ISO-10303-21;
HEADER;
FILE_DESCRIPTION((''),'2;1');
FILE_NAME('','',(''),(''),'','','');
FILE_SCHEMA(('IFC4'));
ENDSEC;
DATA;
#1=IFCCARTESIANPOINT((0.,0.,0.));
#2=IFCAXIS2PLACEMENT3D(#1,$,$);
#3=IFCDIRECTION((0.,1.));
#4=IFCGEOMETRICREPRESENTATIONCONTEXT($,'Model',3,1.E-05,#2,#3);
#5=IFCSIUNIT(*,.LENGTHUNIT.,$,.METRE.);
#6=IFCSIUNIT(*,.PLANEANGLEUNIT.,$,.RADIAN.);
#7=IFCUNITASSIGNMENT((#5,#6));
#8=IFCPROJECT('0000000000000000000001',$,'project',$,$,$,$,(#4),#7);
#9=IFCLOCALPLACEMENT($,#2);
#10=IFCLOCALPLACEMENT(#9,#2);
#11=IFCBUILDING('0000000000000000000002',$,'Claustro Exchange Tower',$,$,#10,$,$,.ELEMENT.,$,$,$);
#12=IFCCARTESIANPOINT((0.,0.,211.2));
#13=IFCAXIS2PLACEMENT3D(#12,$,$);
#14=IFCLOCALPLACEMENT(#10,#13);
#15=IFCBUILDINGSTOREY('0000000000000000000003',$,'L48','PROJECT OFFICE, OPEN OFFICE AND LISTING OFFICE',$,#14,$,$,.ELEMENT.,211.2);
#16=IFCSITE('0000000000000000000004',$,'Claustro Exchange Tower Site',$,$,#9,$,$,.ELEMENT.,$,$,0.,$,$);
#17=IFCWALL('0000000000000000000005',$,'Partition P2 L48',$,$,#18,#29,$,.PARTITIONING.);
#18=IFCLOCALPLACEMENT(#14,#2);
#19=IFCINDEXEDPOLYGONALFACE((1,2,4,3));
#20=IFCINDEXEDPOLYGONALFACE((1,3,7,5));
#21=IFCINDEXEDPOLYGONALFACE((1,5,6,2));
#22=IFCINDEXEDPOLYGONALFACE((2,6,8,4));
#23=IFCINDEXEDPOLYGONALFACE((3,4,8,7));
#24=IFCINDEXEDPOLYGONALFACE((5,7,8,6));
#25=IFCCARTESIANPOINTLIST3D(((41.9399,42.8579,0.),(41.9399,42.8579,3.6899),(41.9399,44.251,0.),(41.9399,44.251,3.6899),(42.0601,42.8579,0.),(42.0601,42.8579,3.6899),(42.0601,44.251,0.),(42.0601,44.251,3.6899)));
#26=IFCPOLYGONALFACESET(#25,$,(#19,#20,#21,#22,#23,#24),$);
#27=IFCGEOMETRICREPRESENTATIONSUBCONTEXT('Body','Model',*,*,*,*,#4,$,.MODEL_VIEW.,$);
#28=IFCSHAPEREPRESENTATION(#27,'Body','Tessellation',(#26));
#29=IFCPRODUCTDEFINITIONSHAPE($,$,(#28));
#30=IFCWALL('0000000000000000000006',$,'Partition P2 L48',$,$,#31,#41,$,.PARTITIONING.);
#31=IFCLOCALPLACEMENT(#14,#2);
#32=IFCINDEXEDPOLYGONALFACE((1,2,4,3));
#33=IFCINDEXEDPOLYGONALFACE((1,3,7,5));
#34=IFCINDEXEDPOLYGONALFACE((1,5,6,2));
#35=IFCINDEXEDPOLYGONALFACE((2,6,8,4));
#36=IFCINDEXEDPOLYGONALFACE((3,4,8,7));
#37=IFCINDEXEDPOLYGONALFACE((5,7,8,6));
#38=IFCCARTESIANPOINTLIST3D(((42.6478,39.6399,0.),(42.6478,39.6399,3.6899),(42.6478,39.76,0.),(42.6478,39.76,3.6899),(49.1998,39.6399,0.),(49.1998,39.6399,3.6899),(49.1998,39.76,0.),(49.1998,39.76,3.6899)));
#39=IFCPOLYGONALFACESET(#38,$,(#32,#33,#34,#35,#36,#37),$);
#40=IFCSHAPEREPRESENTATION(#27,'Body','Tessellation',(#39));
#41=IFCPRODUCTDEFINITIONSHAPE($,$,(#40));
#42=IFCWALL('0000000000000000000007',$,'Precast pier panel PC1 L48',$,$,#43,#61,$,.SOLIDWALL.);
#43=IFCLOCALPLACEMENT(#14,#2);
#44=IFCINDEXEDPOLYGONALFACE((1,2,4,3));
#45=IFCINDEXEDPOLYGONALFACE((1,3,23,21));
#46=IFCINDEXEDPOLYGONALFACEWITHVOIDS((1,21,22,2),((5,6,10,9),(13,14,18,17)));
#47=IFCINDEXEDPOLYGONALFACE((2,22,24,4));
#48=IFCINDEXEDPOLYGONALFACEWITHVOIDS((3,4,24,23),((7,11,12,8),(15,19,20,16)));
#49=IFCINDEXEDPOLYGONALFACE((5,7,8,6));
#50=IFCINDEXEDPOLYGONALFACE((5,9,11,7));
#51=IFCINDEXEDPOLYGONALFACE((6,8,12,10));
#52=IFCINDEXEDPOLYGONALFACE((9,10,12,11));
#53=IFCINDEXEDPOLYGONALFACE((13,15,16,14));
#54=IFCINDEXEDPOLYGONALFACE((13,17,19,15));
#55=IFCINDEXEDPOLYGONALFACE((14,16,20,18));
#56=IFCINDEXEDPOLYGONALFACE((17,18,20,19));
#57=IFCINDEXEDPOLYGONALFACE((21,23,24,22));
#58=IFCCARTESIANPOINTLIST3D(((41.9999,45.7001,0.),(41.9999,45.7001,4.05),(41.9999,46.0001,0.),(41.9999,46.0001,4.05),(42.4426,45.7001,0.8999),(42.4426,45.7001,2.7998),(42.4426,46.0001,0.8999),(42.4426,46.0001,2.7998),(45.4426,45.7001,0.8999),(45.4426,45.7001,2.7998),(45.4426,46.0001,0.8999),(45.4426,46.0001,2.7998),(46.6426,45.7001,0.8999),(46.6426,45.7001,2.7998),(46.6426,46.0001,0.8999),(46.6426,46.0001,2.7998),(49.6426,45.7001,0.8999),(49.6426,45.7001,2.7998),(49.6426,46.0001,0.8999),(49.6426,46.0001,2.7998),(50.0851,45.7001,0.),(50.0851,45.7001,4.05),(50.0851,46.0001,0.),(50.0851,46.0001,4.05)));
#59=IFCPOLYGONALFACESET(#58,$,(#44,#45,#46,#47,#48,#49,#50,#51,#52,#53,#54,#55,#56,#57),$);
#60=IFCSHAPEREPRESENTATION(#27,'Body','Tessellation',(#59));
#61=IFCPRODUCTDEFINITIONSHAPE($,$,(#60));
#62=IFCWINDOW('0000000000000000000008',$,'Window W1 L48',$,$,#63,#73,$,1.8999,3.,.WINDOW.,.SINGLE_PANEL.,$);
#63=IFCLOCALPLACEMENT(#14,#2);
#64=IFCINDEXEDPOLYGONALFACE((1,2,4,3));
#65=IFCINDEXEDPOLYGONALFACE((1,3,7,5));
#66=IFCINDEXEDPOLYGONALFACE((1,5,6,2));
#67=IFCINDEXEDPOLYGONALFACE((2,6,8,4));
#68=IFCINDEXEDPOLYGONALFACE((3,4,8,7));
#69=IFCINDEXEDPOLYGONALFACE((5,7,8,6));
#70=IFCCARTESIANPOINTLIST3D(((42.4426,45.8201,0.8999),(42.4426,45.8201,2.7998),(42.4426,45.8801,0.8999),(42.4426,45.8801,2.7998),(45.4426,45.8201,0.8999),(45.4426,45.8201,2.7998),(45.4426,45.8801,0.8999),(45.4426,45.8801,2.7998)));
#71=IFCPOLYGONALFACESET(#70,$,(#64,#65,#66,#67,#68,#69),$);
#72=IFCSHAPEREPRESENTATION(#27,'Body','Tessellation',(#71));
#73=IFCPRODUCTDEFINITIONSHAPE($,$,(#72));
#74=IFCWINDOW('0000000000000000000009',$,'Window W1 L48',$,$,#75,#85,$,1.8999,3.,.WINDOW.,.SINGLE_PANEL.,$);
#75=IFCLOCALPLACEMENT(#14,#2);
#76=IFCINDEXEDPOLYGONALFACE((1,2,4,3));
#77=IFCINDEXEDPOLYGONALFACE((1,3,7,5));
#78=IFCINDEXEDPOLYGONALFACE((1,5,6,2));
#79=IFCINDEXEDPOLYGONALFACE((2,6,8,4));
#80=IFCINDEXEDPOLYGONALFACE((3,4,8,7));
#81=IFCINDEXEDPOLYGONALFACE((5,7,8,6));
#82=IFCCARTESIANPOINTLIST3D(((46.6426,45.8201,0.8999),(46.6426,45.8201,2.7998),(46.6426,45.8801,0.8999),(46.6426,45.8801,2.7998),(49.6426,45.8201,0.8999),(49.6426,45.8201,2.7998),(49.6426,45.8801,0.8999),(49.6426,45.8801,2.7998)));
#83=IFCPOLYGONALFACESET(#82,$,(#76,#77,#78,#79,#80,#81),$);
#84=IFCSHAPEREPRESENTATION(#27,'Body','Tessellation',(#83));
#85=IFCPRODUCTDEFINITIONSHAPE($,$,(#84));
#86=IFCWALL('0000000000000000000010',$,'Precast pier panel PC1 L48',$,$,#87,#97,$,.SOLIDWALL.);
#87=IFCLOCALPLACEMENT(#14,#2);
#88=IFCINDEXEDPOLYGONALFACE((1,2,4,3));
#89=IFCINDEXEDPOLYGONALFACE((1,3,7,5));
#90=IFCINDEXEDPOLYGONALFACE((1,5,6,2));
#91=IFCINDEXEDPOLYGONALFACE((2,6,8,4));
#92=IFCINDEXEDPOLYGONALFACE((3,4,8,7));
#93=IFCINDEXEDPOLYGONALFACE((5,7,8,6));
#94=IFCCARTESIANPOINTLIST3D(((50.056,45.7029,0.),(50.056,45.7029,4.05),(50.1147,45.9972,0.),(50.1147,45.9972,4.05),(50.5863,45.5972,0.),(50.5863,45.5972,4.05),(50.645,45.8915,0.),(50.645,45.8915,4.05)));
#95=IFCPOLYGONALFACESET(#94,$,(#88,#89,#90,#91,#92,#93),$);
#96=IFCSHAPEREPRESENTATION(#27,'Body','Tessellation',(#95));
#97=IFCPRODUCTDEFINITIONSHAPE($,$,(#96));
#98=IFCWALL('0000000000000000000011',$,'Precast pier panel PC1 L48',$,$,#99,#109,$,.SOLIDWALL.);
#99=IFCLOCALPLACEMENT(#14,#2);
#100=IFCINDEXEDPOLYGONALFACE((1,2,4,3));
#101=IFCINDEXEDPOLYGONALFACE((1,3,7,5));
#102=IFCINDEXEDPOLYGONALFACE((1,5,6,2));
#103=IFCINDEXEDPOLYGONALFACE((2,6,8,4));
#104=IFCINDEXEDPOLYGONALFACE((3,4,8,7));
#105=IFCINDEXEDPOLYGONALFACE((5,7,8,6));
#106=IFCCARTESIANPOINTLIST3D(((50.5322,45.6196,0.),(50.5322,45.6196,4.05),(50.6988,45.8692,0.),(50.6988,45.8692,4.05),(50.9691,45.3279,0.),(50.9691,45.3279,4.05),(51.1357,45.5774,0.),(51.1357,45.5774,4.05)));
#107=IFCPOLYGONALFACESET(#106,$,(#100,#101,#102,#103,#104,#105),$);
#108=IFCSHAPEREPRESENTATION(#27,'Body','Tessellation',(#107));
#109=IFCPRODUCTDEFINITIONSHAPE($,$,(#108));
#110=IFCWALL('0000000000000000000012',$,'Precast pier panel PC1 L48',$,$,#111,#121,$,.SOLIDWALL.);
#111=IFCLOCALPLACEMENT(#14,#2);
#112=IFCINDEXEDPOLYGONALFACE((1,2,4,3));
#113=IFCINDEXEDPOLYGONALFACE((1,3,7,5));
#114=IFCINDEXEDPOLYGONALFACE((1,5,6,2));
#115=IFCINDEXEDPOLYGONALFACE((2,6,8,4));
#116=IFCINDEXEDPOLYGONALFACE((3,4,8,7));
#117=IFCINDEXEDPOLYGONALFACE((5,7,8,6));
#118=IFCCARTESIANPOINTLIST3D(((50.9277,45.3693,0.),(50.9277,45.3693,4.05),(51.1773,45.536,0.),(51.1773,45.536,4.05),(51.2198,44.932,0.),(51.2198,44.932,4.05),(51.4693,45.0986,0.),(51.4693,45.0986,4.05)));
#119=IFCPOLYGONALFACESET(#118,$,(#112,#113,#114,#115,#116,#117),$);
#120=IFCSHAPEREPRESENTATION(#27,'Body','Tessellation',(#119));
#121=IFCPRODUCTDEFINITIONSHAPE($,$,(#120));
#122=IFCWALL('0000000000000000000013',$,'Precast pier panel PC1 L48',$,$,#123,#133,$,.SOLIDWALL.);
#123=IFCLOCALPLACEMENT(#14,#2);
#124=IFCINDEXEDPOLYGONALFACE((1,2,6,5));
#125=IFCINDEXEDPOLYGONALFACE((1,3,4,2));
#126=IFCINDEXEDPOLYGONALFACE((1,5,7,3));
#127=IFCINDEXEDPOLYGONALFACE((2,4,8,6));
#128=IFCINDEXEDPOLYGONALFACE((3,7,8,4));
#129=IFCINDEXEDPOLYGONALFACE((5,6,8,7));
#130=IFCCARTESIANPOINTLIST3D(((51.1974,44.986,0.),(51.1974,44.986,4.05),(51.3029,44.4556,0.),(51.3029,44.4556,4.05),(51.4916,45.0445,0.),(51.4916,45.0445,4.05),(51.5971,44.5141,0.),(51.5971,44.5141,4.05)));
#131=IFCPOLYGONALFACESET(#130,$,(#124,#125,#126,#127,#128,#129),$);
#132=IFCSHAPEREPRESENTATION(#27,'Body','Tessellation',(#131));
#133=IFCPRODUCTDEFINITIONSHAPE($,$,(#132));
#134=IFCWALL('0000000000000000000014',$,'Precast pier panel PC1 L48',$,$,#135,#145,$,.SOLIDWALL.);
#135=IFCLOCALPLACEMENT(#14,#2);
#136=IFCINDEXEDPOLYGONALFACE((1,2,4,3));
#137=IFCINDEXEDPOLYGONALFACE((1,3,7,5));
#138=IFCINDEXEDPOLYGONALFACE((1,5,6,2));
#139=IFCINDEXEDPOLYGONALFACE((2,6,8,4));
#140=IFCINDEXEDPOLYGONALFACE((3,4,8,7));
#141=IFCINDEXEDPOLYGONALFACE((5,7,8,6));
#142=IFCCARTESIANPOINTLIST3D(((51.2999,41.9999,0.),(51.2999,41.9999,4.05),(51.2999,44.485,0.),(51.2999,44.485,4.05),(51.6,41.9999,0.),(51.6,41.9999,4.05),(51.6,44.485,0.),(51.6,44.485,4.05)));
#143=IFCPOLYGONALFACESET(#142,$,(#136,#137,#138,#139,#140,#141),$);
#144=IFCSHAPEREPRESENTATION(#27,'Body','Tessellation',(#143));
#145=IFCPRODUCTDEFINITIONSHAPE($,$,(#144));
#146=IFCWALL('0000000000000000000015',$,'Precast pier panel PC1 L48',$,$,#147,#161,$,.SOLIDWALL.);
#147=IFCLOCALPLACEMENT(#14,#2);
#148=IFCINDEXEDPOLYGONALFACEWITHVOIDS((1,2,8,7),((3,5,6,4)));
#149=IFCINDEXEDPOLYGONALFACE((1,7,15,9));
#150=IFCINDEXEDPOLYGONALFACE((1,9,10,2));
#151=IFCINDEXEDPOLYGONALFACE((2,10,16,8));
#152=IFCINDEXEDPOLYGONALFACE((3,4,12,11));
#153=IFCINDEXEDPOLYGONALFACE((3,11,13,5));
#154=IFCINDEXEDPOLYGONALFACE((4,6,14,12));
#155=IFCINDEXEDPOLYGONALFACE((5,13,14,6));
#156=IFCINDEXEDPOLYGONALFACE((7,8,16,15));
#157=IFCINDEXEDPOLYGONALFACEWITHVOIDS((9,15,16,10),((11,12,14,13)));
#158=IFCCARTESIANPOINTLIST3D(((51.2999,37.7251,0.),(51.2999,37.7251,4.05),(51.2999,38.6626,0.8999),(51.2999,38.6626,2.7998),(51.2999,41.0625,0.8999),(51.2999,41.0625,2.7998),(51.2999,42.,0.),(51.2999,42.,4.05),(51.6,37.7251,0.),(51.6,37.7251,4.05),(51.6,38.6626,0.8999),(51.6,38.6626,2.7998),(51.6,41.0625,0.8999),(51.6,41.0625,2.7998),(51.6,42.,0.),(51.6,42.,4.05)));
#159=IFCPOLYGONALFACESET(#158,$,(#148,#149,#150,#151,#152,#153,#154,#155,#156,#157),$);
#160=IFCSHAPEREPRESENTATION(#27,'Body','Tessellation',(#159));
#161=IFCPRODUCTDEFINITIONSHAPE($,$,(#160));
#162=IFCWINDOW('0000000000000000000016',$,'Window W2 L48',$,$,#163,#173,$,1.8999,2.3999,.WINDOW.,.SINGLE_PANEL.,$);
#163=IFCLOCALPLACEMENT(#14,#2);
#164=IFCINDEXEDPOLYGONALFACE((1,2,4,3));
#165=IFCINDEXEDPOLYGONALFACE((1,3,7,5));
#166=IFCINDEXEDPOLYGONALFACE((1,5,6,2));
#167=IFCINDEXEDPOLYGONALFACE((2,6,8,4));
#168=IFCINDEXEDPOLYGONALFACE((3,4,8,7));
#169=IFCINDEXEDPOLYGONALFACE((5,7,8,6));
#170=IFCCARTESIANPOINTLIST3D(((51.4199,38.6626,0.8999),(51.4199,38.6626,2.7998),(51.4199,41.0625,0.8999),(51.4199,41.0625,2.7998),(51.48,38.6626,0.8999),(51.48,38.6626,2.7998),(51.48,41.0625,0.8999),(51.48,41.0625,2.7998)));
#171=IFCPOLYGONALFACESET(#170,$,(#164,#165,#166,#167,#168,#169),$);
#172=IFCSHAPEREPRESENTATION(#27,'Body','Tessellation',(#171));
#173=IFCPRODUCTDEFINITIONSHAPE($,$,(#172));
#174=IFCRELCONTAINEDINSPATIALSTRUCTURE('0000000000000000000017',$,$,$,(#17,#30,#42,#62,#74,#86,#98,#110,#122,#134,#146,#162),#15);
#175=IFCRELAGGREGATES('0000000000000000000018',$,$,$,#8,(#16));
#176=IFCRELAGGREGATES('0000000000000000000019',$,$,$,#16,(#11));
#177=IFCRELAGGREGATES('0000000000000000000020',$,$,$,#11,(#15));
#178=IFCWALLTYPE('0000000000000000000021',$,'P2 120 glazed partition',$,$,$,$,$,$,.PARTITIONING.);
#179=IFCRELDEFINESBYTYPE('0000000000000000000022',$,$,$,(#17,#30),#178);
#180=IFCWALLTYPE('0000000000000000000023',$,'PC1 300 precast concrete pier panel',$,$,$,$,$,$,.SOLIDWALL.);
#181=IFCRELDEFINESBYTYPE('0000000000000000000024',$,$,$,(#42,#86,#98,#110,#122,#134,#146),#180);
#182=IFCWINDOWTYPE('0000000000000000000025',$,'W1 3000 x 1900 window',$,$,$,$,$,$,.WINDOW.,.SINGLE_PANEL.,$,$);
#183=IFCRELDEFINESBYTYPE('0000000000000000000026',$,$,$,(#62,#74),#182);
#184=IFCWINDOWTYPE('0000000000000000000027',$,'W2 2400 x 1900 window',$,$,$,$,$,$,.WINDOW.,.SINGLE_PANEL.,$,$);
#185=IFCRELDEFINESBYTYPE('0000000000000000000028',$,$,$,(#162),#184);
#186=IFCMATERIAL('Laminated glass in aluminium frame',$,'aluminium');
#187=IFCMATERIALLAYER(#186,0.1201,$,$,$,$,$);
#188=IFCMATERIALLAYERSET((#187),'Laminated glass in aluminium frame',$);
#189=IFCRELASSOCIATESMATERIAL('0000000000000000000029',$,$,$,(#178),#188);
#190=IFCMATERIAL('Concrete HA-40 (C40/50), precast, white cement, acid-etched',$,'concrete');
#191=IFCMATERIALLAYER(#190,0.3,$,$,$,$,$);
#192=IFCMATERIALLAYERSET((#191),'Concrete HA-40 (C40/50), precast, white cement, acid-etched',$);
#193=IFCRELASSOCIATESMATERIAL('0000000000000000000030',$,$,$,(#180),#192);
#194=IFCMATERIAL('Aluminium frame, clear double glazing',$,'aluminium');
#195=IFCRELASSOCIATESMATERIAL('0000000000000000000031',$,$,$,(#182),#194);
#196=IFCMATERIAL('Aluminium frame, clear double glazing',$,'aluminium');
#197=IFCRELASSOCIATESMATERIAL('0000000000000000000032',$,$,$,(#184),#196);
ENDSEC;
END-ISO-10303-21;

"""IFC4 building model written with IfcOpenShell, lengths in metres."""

from ifc_helpers import new_model, si_unit, direction, frame, frame_2d, origin, place, context, subcontext, project, spatial, rectangle, extrude, material, layer, layer_set, type_object, element, fill, save


model = new_model("IFC4")

# Units and contexts
model_context = context("Model", 3, precision=1e-05, world=origin(), true_north=direction((0.0, 1.0)))
body_context = subcontext(model_context, "Body", "Model", "MODEL_VIEW")
ifc_project = project(units=[si_unit("LENGTHUNIT", "METRE"), si_unit("PLANEANGLEUNIT", "RADIAN")], contexts=[model_context])

# Site, building, storey
site_placement = place(None, origin())
site = spatial("IfcSite", under=ifc_project, at=site_placement, Name="Claustro Exchange Tower Site", CompositionType="ELEMENT", RefElevation=0.0)
building_placement = place(site_placement, origin())
building = spatial("IfcBuilding", under=site, at=building_placement, Name="Claustro Exchange Tower", CompositionType="ELEMENT")
storey_placement = place(building_placement, frame((0.0, 0.0, 211.2)))
storey = spatial("IfcBuildingStorey", under=building, at=storey_placement, Name="L48", Description="PROJECT OFFICE, OPEN OFFICE AND LISTING OFFICE", CompositionType="ELEMENT", Elevation=211.2)

# Walls
ifc_material_1 = material(Name="Laminated glass in aluminium frame", Category="aluminium")
ifc_layer_1 = layer(ifc_material_1, 0.1201)
ifc_layer_set_1 = layer_set([ifc_layer_1], Name="Laminated glass in aluminium frame")
wall_type_1 = type_object("IfcWallType", Name="P2 120 glazed partition", PredefinedType="PARTITIONING", material=ifc_layer_set_1)
wall_1_placement = place(storey_placement, frame((42.0, 42.8579, 0.0), z_axis=(0.0, 0.0, 1.0), x_axis=(0.0, 1.0, 0.0)))
element("IfcWall", 1, at=wall_1_placement, inside=storey, type_object=wall_type_1, Name="Partition P2 L48", PredefinedType="PARTITIONING", context=body_context, shape_type="SweptSolid", body=[
    extrude(rectangle(XDim=1.3931, YDim=0.1201, at=frame_2d((0.6965, 0.0))), origin(), (0.0, 0.0, 1.0), 3.6899),
])
wall_2_placement = place(storey_placement, frame((42.6479, 39.7, 0.0), z_axis=(0.0, 0.0, 1.0), x_axis=(1.0, 0.0, 0.0)))
element("IfcWall", 2, at=wall_2_placement, inside=storey, type_object=wall_type_1, Name="Partition P2 L48", PredefinedType="PARTITIONING", context=body_context, shape_type="SweptSolid", body=[
    extrude(rectangle(XDim=6.552, YDim=0.1201, at=frame_2d((3.2759, 0.0))), origin(), (0.0, 0.0, 1.0), 3.6899),
])

# Wall, openings, windows
ifc_material_2 = material(Name="Concrete HA-40 (C40/50), precast, white cement, acid-etched", Category="concrete")
ifc_layer_2 = layer(ifc_material_2, 0.3)
ifc_layer_set_2 = layer_set([ifc_layer_2], Name="Concrete HA-40 (C40/50), precast, white cement, acid-etched")
wall_type_2 = type_object("IfcWallType", Name="PC1 300 precast concrete pier panel", PredefinedType="SOLIDWALL", material=ifc_layer_set_2)
wall_3_placement = place(storey_placement, frame((42.0, 45.8501, 0.0), z_axis=(0.0, 0.0, 1.0), x_axis=(1.0, 0.0, 0.0)))
wall_3 = element("IfcWall", 3, at=wall_3_placement, inside=storey, type_object=wall_type_2, Name="Precast pier panel PC1 L48", PredefinedType="SOLIDWALL", context=body_context, shape_type="SweptSolid", body=[
    extrude(rectangle(XDim=8.0852, YDim=0.3, at=frame_2d((4.0425, 0.0))), origin(), (0.0, 0.0, 1.0), 4.05),
])
opening_1_placement = place(wall_3_placement, frame((0.4426, 0.0, 0.8999)))
opening_1 = element("IfcOpeningElement", 4, at=opening_1_placement, cuts=wall_3, PredefinedType="OPENING", context=body_context, shape_type="SweptSolid", body=[
    extrude(rectangle(XDim=3.0, YDim=1.8999, at=frame_2d((1.5, 0.95))), frame((0.0, 0.1599, 0.0), z_axis=(0.0, -1.0, 0.0), x_axis=(1.0, 0.0, 0.0)), (0.0, 0.0, 1.0), 0.3201),
])
opening_2_placement = place(wall_3_placement, frame((4.6426, 0.0, 0.8999)))
opening_2 = element("IfcOpeningElement", 5, at=opening_2_placement, cuts=wall_3, PredefinedType="OPENING", context=body_context, shape_type="SweptSolid", body=[
    extrude(rectangle(XDim=3.0, YDim=1.8999, at=frame_2d((1.5, 0.95))), frame((0.0, 0.1599, 0.0), z_axis=(0.0, -1.0, 0.0), x_axis=(1.0, 0.0, 0.0)), (0.0, 0.0, 1.0), 0.3201),
])
ifc_material_3 = material(Name="Aluminium frame, clear double glazing", Category="aluminium")
window_type_1 = type_object("IfcWindowType", Name="W1 3000 x 1900 window", PartitioningType="SINGLE_PANEL", PredefinedType="WINDOW", material=ifc_material_3)
window_1_placement = place(opening_1_placement, origin())
window_1 = element("IfcWindow", 6, at=window_1_placement, inside=storey, type_object=window_type_1, Name="Window W1 L48", OverallHeight=1.8999, OverallWidth=3.0, PartitioningType="SINGLE_PANEL", PredefinedType="WINDOW", context=body_context, shape_type="SweptSolid", body=[
    extrude(rectangle(XDim=3.0, YDim=1.8999, at=frame_2d((1.5, 0.95))), frame((0.0, 0.03, 0.0), z_axis=(0.0, -1.0, 0.0), x_axis=(1.0, 0.0, 0.0)), (0.0, 0.0, 1.0), 0.0601),
])
fill(opening_1, window_1)
window_2_placement = place(opening_2_placement, origin())
window_2 = element("IfcWindow", 7, at=window_2_placement, inside=storey, type_object=window_type_1, Name="Window W1 L48", OverallHeight=1.8999, OverallWidth=3.0, PartitioningType="SINGLE_PANEL", PredefinedType="WINDOW", context=body_context, shape_type="SweptSolid", body=[
    extrude(rectangle(XDim=3.0, YDim=1.8999, at=frame_2d((1.5, 0.95))), frame((0.0, 0.03, 0.0), z_axis=(0.0, -1.0, 0.0), x_axis=(1.0, 0.0, 0.0)), (0.0, 0.0, 1.0), 0.0601),
])
fill(opening_2, window_2)

# Walls
wall_4_placement = place(storey_placement, frame((50.0852, 45.8501, 0.0), z_axis=(0.0, 0.0, 1.0), x_axis=(0.980702, -0.195508, 0.0)))
element("IfcWall", 8, at=wall_4_placement, inside=storey, type_object=wall_type_2, Name="Precast pier panel PC1 L48", PredefinedType="SOLIDWALL", context=body_context, shape_type="SweptSolid", body=[
    extrude(rectangle(XDim=0.5408, YDim=0.3, at=frame_2d((0.2705, 0.0))), origin(), (0.0, 0.0, 1.0), 4.05),
])
wall_5_placement = place(storey_placement, frame((50.6155, 45.7444, 0.0), z_axis=(0.0, 0.0, 1.0), x_axis=(0.831693, -0.555236, 0.0)))
element("IfcWall", 9, at=wall_5_placement, inside=storey, type_object=wall_type_2, Name="Precast pier panel PC1 L48", PredefinedType="SOLIDWALL", context=body_context, shape_type="SweptSolid", body=[
    extrude(rectangle(XDim=0.5254, YDim=0.3, at=frame_2d((0.2627, 0.0))), origin(), (0.0, 0.0, 1.0), 4.05),
])
wall_6_placement = place(storey_placement, frame((51.0525, 45.4526, 0.0), z_axis=(0.0, 0.0, 1.0), x_axis=(0.555343, -0.831621, 0.0)))
element("IfcWall", 10, at=wall_6_placement, inside=storey, type_object=wall_type_2, Name="Precast pier panel PC1 L48", PredefinedType="SOLIDWALL", context=body_context, shape_type="SweptSolid", body=[
    extrude(rectangle(XDim=0.5259, YDim=0.3, at=frame_2d((0.2629, 0.0))), origin(), (0.0, 0.0, 1.0), 4.05),
])
wall_7_placement = place(storey_placement, frame((51.3445, 45.0154, 0.0), z_axis=(0.0, 0.0, 1.0), x_axis=(0.195074, -0.980789, 0.0)))
element("IfcWall", 11, at=wall_7_placement, inside=storey, type_object=wall_type_2, Name="Precast pier panel PC1 L48", PredefinedType="SOLIDWALL", context=body_context, shape_type="SweptSolid", body=[
    extrude(rectangle(XDim=0.5408, YDim=0.3, at=frame_2d((0.2705, 0.0))), origin(), (0.0, 0.0, 1.0), 4.05),
])
wall_8_placement = place(storey_placement, frame((51.45, 44.4851, 0.0), z_axis=(0.0, 0.0, 1.0), x_axis=(0.0, -1.0, 0.0)))
element("IfcWall", 12, at=wall_8_placement, inside=storey, type_object=wall_type_2, Name="Precast pier panel PC1 L48", PredefinedType="SOLIDWALL", context=body_context, shape_type="SweptSolid", body=[
    extrude(rectangle(XDim=2.4851, YDim=0.3, at=frame_2d((1.2427, 0.0))), origin(), (0.0, 0.0, 1.0), 4.05),
])

# Wall, opening, window
wall_9_placement = place(storey_placement, frame((51.45, 42.0, 0.0), z_axis=(0.0, 0.0, 1.0), x_axis=(0.0, -1.0, 0.0)))
wall_9 = element("IfcWall", 13, at=wall_9_placement, inside=storey, type_object=wall_type_2, Name="Precast pier panel PC1 L48", PredefinedType="SOLIDWALL", context=body_context, shape_type="SweptSolid", body=[
    extrude(rectangle(XDim=4.2749, YDim=0.3, at=frame_2d((2.1375, 0.0))), origin(), (0.0, 0.0, 1.0), 4.05),
])
opening_3_placement = place(wall_9_placement, frame((0.9375, 0.0, 0.8999)))
opening_3 = element("IfcOpeningElement", 14, at=opening_3_placement, cuts=wall_9, PredefinedType="OPENING", context=body_context, shape_type="SweptSolid", body=[
    extrude(rectangle(XDim=2.3999, YDim=1.8999, at=frame_2d((1.2, 0.95))), frame((0.0, 0.1599, 0.0), z_axis=(0.0, -1.0, 0.0), x_axis=(1.0, 0.0, 0.0)), (0.0, 0.0, 1.0), 0.3201),
])
ifc_material_4 = material(Name="Aluminium frame, clear double glazing", Category="aluminium")
window_type_2 = type_object("IfcWindowType", Name="W2 2400 x 1900 window", PartitioningType="SINGLE_PANEL", PredefinedType="WINDOW", material=ifc_material_4)
window_3_placement = place(opening_3_placement, origin())
window_3 = element("IfcWindow", 15, at=window_3_placement, inside=storey, type_object=window_type_2, Name="Window W2 L48", OverallHeight=1.8999, OverallWidth=2.3999, PartitioningType="SINGLE_PANEL", PredefinedType="WINDOW", context=body_context, shape_type="SweptSolid", body=[
    extrude(rectangle(XDim=2.3999, YDim=1.8999, at=frame_2d((1.2, 0.95))), frame((0.0, 0.03, 0.0), z_axis=(0.0, -1.0, 0.0), x_axis=(1.0, 0.0, 0.0)), (0.0, 0.0, 1.0), 0.0601),
])
fill(opening_3, window_3)

save(model, "model.ifc")
